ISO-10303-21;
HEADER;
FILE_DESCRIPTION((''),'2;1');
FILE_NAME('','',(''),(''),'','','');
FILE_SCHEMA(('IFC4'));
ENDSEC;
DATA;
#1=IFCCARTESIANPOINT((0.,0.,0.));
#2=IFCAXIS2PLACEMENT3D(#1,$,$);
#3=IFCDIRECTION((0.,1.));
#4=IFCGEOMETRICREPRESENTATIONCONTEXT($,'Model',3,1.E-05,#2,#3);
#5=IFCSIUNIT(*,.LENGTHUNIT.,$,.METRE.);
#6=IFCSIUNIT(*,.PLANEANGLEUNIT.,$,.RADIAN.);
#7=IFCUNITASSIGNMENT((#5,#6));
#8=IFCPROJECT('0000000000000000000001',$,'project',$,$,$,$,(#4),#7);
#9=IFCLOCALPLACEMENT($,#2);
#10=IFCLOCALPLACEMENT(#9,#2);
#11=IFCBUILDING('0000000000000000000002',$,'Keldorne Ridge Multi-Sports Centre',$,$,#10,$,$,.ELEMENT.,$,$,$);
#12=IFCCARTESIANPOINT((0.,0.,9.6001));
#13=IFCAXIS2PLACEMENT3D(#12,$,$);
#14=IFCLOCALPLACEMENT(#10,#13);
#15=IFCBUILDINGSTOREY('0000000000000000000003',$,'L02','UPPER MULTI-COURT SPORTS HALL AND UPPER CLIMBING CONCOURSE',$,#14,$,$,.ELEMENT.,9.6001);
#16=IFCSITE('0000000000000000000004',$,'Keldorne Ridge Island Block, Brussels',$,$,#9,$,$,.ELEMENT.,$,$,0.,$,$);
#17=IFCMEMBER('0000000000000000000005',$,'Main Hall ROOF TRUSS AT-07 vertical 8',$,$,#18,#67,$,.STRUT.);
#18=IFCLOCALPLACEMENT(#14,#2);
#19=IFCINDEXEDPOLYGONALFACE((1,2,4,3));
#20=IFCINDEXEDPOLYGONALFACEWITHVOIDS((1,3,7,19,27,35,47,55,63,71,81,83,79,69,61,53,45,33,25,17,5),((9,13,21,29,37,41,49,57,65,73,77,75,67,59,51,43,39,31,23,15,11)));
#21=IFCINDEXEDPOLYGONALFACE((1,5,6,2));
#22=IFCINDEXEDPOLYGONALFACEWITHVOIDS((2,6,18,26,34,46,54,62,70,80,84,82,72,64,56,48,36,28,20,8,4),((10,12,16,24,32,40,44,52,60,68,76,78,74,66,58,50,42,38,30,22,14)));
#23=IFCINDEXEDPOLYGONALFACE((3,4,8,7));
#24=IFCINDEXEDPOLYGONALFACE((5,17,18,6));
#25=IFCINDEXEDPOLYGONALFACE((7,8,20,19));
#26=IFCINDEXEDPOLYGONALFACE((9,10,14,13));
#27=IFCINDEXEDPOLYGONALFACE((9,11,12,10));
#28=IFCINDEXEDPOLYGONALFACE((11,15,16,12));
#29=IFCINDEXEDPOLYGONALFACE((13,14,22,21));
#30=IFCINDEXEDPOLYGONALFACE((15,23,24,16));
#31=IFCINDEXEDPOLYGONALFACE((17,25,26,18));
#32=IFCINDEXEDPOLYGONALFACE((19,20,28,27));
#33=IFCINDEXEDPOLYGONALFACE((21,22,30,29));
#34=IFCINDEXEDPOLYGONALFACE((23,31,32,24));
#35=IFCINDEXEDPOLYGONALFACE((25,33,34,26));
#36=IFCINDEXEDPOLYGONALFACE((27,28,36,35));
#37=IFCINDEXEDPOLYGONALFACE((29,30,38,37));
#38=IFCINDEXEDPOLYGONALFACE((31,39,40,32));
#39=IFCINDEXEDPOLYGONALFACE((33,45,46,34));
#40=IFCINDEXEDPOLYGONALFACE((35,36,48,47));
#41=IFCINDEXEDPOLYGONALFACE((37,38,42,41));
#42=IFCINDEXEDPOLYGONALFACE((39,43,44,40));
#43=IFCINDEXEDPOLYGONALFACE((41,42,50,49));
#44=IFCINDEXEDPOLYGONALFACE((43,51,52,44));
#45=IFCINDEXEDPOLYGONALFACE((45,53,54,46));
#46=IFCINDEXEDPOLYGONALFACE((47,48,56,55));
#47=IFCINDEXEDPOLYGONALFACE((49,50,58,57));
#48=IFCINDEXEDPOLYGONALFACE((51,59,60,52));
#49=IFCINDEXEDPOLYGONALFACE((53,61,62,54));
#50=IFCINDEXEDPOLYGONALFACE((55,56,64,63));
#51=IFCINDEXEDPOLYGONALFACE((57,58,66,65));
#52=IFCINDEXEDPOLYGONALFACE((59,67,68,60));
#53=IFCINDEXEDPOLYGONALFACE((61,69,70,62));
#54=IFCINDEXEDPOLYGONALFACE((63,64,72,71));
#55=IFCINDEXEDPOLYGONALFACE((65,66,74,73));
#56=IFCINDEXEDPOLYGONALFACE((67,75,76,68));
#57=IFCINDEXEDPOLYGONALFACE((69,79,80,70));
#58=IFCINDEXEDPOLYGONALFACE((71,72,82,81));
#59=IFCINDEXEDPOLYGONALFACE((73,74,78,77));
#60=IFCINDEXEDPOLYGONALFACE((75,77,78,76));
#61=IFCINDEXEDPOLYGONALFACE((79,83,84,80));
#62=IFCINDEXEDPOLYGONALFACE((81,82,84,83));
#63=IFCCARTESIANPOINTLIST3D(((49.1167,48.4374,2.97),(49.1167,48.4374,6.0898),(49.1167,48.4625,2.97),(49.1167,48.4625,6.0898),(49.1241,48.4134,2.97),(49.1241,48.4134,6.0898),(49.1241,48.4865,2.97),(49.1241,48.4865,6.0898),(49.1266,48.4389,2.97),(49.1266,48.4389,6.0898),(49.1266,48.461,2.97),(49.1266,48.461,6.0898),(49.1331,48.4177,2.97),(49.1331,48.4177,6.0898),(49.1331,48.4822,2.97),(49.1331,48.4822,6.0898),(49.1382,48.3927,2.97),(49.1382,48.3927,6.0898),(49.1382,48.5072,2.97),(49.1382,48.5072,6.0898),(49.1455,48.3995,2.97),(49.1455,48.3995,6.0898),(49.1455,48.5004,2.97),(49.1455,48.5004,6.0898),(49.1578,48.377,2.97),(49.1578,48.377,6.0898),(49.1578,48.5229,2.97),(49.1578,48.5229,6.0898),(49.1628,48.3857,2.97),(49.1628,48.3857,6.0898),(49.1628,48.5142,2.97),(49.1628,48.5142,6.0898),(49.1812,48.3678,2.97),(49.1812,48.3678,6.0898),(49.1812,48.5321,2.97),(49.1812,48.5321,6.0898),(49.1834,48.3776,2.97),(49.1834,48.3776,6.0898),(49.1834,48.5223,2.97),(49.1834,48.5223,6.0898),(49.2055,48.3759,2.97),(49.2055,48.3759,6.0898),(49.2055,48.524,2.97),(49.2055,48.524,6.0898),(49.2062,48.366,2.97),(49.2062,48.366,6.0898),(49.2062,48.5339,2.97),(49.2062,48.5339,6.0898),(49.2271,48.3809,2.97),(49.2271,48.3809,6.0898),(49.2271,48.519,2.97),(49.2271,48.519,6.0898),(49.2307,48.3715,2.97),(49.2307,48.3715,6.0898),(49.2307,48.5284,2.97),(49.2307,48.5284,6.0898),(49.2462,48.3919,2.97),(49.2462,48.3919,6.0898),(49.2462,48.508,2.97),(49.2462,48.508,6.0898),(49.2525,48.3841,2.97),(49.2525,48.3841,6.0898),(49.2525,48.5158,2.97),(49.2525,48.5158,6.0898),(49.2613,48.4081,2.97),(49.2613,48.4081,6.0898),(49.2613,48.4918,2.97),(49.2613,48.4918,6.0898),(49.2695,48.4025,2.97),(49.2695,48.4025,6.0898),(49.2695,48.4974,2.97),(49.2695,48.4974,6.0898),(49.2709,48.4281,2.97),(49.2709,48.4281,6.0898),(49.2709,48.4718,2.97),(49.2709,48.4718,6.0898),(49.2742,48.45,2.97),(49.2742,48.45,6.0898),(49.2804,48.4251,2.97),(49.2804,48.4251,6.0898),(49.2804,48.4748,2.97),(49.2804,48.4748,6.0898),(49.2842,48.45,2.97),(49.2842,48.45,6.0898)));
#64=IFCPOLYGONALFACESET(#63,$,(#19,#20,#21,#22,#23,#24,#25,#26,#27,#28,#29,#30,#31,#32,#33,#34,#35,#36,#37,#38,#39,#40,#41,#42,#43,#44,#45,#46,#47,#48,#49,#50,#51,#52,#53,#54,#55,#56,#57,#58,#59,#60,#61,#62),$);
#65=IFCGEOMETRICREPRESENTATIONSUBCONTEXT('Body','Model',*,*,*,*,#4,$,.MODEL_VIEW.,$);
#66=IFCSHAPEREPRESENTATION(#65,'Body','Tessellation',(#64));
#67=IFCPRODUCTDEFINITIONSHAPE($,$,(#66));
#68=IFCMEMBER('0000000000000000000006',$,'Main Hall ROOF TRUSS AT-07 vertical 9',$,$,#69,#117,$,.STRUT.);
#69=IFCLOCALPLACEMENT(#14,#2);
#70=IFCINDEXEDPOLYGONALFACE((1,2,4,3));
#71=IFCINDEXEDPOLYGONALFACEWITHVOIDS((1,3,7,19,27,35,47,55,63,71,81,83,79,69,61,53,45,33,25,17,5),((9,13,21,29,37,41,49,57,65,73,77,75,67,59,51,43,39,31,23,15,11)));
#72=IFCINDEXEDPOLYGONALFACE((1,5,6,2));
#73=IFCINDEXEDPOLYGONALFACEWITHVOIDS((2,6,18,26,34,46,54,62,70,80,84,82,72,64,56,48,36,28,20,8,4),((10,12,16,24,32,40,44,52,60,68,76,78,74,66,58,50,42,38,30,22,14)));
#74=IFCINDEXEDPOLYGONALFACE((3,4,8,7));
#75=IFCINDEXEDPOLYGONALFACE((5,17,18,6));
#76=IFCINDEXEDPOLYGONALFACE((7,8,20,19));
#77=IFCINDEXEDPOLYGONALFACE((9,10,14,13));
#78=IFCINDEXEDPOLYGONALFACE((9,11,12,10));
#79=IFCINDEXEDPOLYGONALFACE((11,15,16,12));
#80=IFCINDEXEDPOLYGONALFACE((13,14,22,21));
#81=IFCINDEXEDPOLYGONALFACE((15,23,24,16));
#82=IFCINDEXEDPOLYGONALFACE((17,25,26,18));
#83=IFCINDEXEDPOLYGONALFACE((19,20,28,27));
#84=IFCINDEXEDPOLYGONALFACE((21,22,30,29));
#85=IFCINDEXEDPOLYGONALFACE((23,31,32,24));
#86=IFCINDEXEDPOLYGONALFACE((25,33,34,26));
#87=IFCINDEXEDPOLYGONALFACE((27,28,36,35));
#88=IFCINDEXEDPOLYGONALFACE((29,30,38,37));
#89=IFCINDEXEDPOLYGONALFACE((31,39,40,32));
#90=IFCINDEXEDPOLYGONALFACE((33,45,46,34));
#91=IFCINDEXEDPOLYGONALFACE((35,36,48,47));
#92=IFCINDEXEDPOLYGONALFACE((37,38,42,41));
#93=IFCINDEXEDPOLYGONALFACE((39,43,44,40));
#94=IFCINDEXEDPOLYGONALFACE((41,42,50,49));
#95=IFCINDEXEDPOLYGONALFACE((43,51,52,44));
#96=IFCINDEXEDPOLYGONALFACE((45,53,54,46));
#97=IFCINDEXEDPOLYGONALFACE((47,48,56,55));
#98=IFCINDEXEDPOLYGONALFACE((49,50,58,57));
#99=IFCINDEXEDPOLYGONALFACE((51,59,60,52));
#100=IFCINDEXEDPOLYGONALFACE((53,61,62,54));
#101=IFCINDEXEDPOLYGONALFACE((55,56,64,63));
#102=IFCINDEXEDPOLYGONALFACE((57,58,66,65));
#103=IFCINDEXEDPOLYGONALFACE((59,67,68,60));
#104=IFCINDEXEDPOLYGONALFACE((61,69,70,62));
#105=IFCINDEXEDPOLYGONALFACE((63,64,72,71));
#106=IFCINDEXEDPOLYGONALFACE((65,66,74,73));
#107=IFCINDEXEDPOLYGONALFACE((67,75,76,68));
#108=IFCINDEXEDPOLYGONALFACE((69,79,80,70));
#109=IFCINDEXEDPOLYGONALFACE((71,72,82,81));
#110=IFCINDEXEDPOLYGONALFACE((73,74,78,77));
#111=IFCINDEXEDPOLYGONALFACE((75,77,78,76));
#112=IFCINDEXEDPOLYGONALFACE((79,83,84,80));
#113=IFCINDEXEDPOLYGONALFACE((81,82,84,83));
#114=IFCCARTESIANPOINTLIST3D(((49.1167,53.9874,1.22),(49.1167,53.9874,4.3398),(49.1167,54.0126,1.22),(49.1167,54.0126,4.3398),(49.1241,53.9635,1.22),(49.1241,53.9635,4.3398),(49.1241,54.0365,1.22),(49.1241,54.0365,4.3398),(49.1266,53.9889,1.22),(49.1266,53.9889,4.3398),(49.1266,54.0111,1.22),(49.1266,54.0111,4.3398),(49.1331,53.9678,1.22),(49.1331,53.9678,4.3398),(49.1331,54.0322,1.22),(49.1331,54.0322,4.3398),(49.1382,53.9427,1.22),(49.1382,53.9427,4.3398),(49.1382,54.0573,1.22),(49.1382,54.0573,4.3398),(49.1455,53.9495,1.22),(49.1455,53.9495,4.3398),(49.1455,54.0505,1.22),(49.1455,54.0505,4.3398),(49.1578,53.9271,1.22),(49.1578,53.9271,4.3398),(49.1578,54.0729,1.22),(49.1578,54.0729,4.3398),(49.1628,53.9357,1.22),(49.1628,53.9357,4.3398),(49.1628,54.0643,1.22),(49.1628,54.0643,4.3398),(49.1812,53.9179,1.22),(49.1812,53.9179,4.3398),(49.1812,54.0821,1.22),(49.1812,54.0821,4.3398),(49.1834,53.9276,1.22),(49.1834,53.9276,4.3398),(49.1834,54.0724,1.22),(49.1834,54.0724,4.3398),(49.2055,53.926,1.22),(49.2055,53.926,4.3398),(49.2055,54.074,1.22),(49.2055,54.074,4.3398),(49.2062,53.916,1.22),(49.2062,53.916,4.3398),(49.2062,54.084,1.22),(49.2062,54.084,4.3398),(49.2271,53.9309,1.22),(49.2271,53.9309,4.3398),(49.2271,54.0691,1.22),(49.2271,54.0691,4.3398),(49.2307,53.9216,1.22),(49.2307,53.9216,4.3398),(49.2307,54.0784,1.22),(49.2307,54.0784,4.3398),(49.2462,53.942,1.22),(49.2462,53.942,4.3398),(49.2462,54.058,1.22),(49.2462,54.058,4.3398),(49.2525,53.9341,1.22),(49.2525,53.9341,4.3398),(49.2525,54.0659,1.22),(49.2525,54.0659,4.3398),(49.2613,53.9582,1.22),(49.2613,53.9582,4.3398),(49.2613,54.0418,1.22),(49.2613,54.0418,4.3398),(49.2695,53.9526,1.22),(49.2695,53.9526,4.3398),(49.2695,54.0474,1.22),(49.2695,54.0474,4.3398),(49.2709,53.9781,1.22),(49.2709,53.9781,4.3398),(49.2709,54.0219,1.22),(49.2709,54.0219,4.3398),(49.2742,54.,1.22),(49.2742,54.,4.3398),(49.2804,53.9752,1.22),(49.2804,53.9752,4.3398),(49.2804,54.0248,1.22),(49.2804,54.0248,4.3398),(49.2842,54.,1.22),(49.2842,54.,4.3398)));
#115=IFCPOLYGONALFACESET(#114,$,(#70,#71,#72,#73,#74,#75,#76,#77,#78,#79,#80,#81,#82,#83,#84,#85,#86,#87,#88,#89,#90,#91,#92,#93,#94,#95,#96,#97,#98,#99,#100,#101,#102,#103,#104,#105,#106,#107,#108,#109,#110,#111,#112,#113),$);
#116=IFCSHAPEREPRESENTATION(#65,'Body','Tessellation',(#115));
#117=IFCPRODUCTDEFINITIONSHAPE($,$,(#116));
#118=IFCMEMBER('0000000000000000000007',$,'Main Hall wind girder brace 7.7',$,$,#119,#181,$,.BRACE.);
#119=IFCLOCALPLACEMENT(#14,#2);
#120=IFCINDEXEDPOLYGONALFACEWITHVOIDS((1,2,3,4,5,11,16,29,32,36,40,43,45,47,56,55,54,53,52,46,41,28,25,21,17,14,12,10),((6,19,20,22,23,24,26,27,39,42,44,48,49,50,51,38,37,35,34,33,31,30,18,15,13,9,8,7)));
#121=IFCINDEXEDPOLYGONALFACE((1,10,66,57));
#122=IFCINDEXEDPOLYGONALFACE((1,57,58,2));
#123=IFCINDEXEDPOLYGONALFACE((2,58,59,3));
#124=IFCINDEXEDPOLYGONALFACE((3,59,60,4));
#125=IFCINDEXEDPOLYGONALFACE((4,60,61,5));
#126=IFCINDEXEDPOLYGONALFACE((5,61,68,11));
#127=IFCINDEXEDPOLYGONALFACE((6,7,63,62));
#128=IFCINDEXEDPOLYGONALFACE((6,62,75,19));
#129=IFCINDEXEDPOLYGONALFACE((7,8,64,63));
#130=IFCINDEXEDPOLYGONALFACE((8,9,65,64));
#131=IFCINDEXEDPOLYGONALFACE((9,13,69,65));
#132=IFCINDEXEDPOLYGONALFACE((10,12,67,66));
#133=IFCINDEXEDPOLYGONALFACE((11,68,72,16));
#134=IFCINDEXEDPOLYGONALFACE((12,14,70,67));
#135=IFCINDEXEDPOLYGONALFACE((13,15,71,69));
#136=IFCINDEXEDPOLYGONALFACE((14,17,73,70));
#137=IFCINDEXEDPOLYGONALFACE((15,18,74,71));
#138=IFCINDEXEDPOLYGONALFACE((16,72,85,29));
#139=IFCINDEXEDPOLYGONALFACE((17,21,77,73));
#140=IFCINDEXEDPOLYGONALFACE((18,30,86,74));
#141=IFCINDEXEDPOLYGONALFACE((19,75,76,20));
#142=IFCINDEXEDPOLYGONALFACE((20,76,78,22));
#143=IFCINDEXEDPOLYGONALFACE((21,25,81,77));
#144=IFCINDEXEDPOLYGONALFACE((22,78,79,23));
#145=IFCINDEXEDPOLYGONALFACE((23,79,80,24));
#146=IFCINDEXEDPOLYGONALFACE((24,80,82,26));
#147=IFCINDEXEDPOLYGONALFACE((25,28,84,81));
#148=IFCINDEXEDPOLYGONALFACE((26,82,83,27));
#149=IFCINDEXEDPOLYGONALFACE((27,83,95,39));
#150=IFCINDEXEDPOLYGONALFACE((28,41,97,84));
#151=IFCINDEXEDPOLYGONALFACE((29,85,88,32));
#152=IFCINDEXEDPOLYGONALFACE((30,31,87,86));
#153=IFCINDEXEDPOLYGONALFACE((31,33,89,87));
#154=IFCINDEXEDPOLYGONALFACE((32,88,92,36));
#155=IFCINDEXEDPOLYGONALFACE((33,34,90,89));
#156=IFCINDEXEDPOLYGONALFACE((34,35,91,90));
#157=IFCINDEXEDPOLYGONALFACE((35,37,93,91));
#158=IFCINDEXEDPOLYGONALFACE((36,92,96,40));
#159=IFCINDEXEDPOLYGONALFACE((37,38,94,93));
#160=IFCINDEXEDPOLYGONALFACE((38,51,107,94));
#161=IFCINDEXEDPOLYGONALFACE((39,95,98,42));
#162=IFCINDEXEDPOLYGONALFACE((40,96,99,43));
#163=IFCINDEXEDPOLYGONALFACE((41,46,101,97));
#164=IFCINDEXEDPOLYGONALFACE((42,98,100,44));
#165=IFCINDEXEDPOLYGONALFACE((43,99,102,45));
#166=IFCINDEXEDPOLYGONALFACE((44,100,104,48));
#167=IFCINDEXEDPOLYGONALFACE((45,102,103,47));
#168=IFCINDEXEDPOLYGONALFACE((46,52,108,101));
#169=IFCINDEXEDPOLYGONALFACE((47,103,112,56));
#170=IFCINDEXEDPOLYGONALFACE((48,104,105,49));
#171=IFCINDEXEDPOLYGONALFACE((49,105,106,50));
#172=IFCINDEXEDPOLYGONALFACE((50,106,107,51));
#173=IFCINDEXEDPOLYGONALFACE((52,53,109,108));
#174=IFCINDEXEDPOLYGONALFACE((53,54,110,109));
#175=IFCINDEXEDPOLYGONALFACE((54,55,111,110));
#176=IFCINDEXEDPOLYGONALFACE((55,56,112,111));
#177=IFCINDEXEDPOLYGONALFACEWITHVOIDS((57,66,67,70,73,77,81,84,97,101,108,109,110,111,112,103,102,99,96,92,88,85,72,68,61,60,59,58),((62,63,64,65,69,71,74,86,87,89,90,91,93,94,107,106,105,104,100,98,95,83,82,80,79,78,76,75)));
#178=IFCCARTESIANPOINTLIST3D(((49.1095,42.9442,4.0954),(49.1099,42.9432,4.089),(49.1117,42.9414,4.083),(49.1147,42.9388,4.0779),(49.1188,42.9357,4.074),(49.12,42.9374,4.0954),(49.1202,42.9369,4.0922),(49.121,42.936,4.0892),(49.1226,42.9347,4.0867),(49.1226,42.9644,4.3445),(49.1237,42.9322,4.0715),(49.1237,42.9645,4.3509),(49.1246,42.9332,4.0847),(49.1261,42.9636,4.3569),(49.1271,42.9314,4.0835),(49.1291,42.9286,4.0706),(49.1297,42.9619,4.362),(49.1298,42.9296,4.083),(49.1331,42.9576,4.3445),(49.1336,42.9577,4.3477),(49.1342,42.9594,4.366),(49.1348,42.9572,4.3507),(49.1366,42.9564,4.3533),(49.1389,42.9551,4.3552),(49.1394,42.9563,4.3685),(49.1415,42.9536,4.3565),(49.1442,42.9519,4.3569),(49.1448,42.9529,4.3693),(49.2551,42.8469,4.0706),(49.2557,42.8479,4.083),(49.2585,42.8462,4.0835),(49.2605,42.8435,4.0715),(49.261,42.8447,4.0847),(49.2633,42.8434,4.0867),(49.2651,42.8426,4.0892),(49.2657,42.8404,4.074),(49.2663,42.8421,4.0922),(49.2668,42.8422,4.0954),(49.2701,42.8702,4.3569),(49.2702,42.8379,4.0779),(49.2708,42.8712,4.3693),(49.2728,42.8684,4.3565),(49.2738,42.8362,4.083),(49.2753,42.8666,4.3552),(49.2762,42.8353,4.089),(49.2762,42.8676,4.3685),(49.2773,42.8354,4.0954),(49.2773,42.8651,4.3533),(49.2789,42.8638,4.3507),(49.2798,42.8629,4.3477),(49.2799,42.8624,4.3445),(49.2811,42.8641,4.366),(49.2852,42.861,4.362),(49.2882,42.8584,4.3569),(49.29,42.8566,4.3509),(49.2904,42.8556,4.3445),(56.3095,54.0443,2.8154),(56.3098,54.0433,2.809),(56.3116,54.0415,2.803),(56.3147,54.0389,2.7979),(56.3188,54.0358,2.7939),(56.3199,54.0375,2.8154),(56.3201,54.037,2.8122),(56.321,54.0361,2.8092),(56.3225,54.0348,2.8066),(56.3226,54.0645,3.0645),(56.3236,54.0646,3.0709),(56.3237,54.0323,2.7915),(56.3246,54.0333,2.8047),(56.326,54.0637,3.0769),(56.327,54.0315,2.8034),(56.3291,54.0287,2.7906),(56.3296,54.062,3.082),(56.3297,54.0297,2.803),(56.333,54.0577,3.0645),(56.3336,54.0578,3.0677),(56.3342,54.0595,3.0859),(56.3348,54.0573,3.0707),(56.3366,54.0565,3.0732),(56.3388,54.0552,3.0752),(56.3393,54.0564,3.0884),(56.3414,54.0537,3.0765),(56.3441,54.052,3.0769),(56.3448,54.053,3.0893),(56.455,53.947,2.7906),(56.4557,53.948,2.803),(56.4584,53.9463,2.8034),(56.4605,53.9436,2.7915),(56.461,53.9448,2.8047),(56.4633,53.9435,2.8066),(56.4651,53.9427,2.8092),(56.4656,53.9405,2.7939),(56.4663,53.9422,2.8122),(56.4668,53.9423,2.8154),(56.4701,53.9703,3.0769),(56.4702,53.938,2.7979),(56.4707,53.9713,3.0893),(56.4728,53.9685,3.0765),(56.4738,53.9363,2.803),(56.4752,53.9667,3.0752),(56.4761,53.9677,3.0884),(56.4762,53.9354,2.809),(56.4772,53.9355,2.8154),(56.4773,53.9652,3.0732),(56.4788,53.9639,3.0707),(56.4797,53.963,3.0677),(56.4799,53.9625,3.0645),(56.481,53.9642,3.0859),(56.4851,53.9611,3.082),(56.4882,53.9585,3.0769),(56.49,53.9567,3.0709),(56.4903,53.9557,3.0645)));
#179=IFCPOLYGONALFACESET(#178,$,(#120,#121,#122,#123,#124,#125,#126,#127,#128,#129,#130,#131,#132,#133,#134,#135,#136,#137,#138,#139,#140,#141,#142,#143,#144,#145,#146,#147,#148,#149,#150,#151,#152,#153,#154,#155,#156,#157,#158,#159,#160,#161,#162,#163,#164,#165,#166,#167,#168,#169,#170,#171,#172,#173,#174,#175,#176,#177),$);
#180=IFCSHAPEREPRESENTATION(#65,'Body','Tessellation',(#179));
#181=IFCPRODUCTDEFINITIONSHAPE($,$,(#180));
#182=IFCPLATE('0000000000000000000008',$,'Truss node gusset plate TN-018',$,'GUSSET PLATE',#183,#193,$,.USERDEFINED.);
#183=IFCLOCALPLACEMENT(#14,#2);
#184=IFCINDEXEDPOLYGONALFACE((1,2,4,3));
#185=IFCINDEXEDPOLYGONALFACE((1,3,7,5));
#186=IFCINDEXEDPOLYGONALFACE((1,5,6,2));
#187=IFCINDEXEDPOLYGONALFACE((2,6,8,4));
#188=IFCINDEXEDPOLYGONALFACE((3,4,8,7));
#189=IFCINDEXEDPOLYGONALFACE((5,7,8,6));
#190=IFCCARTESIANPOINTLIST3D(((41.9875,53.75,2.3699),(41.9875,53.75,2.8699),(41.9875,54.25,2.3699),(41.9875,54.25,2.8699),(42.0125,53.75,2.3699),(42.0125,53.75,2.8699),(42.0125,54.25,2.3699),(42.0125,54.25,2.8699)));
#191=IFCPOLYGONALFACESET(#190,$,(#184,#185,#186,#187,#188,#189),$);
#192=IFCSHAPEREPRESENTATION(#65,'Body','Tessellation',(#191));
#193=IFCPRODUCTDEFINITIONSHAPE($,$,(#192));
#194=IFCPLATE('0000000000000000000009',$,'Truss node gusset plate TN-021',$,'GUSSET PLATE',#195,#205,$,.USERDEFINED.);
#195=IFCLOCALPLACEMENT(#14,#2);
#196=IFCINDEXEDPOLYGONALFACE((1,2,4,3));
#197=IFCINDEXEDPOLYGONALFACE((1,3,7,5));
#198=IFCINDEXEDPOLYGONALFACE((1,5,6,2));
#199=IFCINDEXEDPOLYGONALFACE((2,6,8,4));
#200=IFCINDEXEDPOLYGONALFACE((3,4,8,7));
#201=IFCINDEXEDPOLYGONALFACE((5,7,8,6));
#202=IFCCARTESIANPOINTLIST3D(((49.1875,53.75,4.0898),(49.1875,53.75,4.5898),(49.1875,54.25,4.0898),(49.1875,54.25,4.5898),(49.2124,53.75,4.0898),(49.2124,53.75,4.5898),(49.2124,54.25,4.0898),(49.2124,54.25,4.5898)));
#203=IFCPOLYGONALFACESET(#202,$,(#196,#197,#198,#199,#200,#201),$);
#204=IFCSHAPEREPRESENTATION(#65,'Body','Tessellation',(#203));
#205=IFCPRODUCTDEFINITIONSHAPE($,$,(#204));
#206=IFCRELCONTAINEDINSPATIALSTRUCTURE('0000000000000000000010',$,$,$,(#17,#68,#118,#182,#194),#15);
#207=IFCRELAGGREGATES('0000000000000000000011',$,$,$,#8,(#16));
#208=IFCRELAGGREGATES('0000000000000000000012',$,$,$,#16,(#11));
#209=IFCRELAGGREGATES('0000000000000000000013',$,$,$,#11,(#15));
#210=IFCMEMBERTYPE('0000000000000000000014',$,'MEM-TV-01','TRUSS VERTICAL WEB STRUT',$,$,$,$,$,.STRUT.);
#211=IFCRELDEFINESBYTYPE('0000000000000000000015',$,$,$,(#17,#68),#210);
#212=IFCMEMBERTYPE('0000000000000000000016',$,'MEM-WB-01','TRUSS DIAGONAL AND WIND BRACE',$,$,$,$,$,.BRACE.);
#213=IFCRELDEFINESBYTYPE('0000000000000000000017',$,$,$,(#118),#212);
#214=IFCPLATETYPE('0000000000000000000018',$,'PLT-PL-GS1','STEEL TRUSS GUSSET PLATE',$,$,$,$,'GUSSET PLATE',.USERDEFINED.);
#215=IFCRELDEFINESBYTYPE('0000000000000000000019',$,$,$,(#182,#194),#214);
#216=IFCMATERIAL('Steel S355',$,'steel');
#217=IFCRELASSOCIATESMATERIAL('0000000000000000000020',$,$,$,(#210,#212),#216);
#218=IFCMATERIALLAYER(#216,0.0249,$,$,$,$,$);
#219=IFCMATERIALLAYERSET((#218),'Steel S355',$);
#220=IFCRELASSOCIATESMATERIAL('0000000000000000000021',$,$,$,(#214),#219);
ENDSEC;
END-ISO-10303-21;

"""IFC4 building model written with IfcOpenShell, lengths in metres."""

from ifc_helpers import new_model, si_unit, direction, frame, origin, origin_2d, place, context, subcontext, project, spatial, rectangle, hollow_rectangle, hollow_circle, extrude, material, layer, layer_set, material_profile, profile_set, type_object, element, save


model = new_model("IFC4")

# Units and contexts
model_context = context("Model", 3, precision=1e-05, world=origin(), true_north=direction((0.0, 1.0)))
body_context = subcontext(model_context, "Body", "Model", "MODEL_VIEW")
ifc_project = project(units=[si_unit("LENGTHUNIT", "METRE"), si_unit("PLANEANGLEUNIT", "RADIAN")], contexts=[model_context])

# Site, building, storey
site_placement = place(None, origin())
site = spatial("IfcSite", under=ifc_project, at=site_placement, Name="Keldorne Ridge Island Block, Brussels", CompositionType="ELEMENT", RefElevation=0.0)
building_placement = place(site_placement, origin())
building = spatial("IfcBuilding", under=site, at=building_placement, Name="Keldorne Ridge Multi-Sports Centre", CompositionType="ELEMENT")
storey_placement = place(building_placement, frame((0.0, 0.0, 9.6001)))
storey = spatial("IfcBuildingStorey", under=building, at=storey_placement, Name="L02", Description="UPPER MULTI-COURT SPORTS HALL AND UPPER CLIMBING CONCOURSE", CompositionType="ELEMENT", Elevation=9.6001)

# Shared definitions
ifc_material = material(Name="Steel S355", Category="steel")

# Members
ifc_material_profile_1 = material_profile(ifc_material, hollow_circle(Radius=0.0842, WallThickness=0.01, at=origin_2d()), Name="CHS 168.3x10")
ifc_profile_set_1 = profile_set([ifc_material_profile_1], Name="Steel S355")
member_type_1 = type_object("IfcMemberType", Name="MEM-TV-01", Description="TRUSS VERTICAL WEB STRUT", PredefinedType="STRUT", material=ifc_profile_set_1)
for number, where, z_axis, x_axis, name in (
    (1, (49.2, 48.45, 2.97), (0.0, 0.0, 1.0), (1.0, 0.0, 0.0), "Main Hall ROOF TRUSS AT-07 vertical 8"),
    (2, (49.2, 54.0, 1.22), (0.0, 0.0, 1.0), (1.0, 0.0, 0.0), "Main Hall ROOF TRUSS AT-07 vertical 9"),
):
    element("IfcMember", number, at=place(storey_placement, frame(where, z_axis=z_axis, x_axis=x_axis)), inside=storey, type_object=member_type_1, Name=name, PredefinedType="STRUT", context=body_context, shape_type="SweptSolid", body=[
        extrude(hollow_circle(Radius=0.0842, WallThickness=0.01, at=origin_2d()), origin(), (0.0, 0.0, 1.0), 3.1199),
    ])
ifc_material_profile_2 = material_profile(ifc_material, hollow_rectangle(XDim=0.2, YDim=0.3, WallThickness=0.0125, InnerFilletRadius=0.0125, OuterFilletRadius=0.0249, at=origin_2d()), Name="RHS 300x200x12.5")
ifc_profile_set_2 = profile_set([ifc_material_profile_2], Name="Steel S355")
member_type_2 = type_object("IfcMemberType", Name="MEM-WB-01", Description="TRUSS DIAGONAL AND WIND BRACE", PredefinedType="BRACE", material=ifc_profile_set_2)
member_1_placement = place(storey_placement, frame((49.2, 42.8999, 4.22), z_axis=(0.541656, 0.835066, -0.096297), x_axis=(-0.838965, 0.544185, 0.0)))
element("IfcMember", 3, at=member_1_placement, inside=storey, type_object=member_type_2, Name="Main Hall wind girder brace 7.7", PredefinedType="BRACE", context=body_context, shape_type="SweptSolid", body=[
    extrude(hollow_rectangle(XDim=0.2, YDim=0.3, WallThickness=0.0125, InnerFilletRadius=0.0125, OuterFilletRadius=0.0249, at=origin_2d()), origin(), (0.0, 0.0, 1.0), 13.2925),
])

# Plates
ifc_layer = layer(ifc_material, 0.0249)
ifc_layer_set = layer_set([ifc_layer], Name="Steel S355")
plate_type = type_object("IfcPlateType", Name="PLT-PL-GS1", Description="STEEL TRUSS GUSSET PLATE", ElementType="GUSSET PLATE", PredefinedType="USERDEFINED", material=ifc_layer_set)
for number, where, z_axis, x_axis, name in (
    (4, (42.0, 54.0, 2.3699), (0.0, 0.0, 1.0), (1.0, 0.0, 0.0), "Truss node gusset plate TN-018"),
    (5, (49.2, 54.0, 4.0898), (0.0, 0.0, 1.0), (1.0, 0.0, 0.0), "Truss node gusset plate TN-021"),
):
    element("IfcPlate", number, at=place(storey_placement, frame(where, z_axis=z_axis, x_axis=x_axis)), inside=storey, type_object=plate_type, Name=name, ObjectType="GUSSET PLATE", PredefinedType="USERDEFINED", context=body_context, shape_type="SweptSolid", body=[
        extrude(rectangle(XDim=0.0249, YDim=0.5, at=origin_2d()), origin(), (0.0, 0.0, 1.0), 0.5),
    ])

save(model, "model.ifc")
